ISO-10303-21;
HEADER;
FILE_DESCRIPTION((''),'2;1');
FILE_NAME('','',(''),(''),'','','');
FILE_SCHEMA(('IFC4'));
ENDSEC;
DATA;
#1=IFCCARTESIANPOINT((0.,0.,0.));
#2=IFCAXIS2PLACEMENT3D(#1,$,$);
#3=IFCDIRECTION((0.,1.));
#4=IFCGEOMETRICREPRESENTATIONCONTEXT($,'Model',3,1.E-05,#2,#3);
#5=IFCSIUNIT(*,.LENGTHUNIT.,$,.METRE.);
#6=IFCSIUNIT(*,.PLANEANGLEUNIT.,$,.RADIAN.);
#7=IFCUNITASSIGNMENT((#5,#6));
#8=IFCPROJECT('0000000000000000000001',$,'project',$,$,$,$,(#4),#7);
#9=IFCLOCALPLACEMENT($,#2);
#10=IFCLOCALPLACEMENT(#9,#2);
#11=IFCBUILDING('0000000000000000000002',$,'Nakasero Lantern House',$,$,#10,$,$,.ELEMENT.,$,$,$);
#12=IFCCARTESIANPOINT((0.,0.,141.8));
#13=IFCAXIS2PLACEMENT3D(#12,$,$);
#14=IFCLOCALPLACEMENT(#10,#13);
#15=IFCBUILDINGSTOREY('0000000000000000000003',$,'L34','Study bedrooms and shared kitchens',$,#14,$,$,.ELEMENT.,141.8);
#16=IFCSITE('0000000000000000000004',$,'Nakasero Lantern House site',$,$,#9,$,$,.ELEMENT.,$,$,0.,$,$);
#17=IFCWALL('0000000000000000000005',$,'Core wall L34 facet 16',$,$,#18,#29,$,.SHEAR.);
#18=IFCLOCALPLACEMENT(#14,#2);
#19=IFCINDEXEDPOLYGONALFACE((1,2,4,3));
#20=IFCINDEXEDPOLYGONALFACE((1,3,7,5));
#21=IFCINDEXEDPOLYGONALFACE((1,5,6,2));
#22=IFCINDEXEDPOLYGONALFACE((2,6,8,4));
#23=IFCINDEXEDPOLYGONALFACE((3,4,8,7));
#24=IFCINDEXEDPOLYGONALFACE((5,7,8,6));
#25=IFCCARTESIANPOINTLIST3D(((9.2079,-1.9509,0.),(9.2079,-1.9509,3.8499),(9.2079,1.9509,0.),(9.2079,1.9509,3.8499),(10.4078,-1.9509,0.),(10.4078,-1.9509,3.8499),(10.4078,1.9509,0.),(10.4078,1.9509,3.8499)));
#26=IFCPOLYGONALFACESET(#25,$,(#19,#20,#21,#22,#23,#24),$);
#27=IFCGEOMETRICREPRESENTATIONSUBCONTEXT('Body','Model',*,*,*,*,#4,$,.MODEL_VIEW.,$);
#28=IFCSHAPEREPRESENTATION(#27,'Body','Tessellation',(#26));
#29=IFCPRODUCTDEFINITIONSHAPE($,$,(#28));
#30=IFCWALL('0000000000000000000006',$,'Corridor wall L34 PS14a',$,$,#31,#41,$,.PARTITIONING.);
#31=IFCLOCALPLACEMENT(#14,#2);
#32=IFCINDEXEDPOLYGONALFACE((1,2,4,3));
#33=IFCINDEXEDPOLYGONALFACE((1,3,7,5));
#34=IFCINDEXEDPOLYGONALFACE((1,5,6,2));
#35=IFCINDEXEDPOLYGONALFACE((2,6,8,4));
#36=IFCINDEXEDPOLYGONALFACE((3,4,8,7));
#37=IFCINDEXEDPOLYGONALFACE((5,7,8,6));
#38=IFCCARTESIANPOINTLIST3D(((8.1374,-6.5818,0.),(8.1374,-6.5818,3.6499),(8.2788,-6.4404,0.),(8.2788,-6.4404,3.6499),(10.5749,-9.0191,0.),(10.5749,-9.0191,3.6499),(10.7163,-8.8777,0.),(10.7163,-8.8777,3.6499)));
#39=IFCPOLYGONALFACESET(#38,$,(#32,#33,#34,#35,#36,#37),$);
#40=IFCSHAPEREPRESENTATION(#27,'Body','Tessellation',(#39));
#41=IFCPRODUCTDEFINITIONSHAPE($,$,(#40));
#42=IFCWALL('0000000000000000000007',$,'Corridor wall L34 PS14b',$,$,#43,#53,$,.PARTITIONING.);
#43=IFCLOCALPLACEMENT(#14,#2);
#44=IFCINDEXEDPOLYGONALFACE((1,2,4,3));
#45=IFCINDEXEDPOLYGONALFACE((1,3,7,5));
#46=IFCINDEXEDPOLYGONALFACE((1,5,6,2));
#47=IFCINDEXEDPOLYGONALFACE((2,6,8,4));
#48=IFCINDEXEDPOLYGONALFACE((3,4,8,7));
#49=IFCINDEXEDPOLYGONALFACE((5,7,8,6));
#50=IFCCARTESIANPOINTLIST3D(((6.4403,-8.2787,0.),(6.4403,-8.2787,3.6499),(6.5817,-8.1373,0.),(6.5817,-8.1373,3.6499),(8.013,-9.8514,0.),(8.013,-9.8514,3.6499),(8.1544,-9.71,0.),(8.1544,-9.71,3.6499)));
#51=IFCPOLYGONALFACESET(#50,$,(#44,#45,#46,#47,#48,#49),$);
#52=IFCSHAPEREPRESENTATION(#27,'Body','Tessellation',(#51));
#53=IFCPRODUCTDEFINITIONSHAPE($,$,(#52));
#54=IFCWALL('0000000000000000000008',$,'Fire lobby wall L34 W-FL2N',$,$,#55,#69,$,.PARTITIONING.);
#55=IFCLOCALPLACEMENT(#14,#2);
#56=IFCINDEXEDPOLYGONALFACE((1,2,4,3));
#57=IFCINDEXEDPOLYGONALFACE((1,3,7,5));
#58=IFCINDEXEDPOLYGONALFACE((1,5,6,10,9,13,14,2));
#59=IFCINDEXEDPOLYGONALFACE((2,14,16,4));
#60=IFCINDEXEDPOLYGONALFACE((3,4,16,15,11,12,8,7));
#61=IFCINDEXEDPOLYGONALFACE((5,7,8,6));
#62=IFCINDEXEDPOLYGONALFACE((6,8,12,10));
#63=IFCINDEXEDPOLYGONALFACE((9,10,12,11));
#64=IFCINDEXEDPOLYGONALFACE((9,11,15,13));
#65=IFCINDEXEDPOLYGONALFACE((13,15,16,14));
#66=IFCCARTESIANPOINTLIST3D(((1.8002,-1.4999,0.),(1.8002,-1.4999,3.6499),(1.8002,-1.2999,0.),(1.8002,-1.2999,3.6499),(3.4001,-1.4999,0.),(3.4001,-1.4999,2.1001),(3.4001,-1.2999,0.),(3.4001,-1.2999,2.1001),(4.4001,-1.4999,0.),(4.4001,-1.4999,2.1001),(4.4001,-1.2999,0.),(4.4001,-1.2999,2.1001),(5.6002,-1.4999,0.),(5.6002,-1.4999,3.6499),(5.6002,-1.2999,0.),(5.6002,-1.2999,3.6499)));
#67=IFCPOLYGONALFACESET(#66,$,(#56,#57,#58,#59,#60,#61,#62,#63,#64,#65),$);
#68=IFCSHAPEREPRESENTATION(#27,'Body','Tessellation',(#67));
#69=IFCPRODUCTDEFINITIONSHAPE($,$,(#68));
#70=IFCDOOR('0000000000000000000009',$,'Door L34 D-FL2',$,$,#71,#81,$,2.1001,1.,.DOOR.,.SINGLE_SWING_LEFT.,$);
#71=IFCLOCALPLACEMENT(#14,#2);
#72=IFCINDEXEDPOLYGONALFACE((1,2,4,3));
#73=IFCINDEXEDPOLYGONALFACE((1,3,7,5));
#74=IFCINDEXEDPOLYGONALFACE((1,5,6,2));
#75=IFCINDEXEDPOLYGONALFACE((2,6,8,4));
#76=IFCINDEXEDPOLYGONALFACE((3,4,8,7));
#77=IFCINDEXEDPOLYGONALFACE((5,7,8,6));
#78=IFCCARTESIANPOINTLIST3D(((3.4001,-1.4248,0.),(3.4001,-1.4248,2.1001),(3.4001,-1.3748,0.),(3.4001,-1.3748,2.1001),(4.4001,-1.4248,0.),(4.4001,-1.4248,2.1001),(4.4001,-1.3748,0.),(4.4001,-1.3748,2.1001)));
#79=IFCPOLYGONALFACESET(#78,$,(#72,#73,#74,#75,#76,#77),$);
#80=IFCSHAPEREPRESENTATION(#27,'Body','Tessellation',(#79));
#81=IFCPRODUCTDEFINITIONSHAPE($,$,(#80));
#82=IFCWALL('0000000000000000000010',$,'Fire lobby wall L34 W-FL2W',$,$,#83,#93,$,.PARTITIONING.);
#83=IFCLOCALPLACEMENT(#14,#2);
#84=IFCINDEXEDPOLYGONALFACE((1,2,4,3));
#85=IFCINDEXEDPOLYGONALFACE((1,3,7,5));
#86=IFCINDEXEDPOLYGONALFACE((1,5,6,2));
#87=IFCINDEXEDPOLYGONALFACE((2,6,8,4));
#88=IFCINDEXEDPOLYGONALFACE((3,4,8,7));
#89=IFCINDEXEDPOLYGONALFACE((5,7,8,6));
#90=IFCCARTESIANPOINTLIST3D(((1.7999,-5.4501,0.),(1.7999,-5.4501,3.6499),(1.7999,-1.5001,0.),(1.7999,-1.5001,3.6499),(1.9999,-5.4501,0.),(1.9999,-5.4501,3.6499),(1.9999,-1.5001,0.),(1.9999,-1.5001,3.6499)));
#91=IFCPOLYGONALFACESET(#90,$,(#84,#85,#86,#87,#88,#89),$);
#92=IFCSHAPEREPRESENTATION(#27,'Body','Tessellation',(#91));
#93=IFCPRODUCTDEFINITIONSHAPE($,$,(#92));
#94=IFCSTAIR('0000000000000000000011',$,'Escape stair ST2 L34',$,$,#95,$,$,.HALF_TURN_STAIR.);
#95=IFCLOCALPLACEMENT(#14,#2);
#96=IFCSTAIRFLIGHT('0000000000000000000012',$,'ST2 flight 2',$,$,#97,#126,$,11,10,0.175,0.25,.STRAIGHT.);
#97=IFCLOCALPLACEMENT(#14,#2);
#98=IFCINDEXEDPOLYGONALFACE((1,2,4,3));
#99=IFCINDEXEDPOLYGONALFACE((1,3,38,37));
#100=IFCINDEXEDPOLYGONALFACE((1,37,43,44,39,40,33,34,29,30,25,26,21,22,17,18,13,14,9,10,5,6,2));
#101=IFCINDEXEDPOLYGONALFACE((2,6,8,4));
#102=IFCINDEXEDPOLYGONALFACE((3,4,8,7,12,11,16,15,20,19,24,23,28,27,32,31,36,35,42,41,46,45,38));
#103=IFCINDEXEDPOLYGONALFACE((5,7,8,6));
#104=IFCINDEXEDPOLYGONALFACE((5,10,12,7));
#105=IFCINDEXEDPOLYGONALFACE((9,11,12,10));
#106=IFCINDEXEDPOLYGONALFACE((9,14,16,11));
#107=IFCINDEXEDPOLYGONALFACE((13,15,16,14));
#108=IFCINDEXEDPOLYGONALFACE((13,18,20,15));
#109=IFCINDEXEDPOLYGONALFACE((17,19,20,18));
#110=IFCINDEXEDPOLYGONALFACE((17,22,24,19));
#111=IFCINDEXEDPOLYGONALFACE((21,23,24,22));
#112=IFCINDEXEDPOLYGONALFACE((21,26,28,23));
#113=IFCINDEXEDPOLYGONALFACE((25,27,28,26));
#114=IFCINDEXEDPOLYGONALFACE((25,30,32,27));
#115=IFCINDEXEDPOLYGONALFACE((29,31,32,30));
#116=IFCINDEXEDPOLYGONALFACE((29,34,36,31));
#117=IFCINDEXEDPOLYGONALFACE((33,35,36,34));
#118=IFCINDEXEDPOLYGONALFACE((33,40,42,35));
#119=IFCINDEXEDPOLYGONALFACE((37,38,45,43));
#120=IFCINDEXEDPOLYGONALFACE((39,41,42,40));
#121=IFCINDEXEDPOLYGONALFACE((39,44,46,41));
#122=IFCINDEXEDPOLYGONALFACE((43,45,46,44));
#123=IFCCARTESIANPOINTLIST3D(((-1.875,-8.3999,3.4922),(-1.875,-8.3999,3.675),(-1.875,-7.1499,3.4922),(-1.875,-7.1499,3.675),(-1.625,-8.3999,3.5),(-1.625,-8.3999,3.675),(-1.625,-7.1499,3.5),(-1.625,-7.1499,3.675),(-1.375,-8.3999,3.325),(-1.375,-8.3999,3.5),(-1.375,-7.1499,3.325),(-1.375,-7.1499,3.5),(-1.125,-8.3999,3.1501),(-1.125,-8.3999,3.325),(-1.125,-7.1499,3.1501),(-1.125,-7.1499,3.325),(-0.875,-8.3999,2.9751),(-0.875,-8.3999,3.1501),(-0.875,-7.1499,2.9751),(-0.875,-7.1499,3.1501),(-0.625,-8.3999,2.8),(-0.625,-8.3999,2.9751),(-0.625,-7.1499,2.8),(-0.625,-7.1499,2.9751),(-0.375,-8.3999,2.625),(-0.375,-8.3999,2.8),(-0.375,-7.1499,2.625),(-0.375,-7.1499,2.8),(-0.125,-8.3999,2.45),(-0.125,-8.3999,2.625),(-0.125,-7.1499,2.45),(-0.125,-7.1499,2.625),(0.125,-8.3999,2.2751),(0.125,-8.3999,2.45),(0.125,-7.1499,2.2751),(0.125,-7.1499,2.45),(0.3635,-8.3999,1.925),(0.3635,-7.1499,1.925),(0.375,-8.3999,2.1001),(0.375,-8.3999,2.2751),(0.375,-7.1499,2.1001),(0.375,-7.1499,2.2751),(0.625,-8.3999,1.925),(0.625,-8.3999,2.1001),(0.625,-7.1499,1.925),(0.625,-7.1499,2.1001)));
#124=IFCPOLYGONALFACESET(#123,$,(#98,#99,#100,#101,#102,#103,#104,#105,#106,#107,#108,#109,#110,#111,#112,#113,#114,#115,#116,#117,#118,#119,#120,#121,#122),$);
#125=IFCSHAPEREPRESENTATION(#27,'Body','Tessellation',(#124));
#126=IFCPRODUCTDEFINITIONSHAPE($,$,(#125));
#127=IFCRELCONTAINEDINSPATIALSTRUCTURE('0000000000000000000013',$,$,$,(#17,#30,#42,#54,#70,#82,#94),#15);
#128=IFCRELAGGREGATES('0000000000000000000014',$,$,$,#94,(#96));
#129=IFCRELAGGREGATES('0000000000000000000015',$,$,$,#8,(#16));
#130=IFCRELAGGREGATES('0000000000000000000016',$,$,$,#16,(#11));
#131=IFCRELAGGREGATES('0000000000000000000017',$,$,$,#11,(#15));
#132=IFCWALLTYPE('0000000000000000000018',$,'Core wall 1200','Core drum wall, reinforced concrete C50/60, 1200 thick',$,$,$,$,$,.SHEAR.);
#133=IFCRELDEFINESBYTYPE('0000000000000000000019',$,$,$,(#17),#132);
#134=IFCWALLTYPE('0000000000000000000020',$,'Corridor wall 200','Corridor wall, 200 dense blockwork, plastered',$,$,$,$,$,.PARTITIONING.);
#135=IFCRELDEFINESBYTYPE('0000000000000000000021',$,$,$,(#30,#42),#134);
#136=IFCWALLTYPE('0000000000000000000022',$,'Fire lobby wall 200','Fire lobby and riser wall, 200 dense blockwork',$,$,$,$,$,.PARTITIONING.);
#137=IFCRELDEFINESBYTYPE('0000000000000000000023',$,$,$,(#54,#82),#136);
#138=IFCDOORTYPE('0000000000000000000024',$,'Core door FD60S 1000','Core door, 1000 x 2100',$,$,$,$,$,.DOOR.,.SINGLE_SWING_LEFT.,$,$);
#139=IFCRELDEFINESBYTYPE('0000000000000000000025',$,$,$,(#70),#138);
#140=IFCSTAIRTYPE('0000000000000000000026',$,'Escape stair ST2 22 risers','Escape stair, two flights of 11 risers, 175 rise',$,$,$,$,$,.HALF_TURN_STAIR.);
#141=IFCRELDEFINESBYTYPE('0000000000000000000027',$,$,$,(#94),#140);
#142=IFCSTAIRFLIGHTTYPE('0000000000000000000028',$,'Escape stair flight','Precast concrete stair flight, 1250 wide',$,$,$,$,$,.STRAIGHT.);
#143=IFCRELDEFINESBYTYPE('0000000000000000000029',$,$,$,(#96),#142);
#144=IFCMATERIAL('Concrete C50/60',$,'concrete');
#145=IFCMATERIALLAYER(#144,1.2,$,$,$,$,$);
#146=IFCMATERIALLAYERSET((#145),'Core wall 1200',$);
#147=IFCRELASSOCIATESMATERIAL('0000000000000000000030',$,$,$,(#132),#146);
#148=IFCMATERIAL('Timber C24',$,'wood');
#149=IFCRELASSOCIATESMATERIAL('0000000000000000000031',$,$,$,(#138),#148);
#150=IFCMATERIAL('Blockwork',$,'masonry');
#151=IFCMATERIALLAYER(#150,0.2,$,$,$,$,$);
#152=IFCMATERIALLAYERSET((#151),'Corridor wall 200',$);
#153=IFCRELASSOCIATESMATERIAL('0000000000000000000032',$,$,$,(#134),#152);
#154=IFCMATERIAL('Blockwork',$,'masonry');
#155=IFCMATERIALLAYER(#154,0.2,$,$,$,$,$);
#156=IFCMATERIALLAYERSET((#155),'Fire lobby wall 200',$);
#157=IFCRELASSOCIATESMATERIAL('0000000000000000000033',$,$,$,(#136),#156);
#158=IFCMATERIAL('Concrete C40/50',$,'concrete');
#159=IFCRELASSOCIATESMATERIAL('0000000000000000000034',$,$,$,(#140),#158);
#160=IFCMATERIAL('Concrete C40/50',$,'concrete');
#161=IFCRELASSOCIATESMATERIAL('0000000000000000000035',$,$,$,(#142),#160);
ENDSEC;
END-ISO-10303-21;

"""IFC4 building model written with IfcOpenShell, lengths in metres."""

from ifc_helpers import new_model, si_unit, direction, frame, frame_2d, origin, place, context, subcontext, project, spatial, polyline, rectangle, outline, extrude, material, layer, layer_set, type_object, element, fill, aggregate, save


model = new_model("IFC4")

# Units and contexts
model_context = context("Model", 3, precision=1e-05, world=origin(), true_north=direction((0.0, 1.0)))
body_context = subcontext(model_context, "Body", "Model", "MODEL_VIEW")
ifc_project = project(units=[si_unit("LENGTHUNIT", "METRE"), si_unit("PLANEANGLEUNIT", "RADIAN")], contexts=[model_context])

# Site, building, storey
site_placement = place(None, origin())
site = spatial("IfcSite", under=ifc_project, at=site_placement, Name="Nakasero Lantern House site", CompositionType="ELEMENT", RefElevation=0.0)
building_placement = place(site_placement, origin())
building = spatial("IfcBuilding", under=site, at=building_placement, Name="Nakasero Lantern House", CompositionType="ELEMENT")
storey_placement = place(building_placement, frame((0.0, 0.0, 141.8)))
storey = spatial("IfcBuildingStorey", under=building, at=storey_placement, Name="L34", Description="Study bedrooms and shared kitchens", CompositionType="ELEMENT", Elevation=141.8)

# Shared definitions
ifc_material_1 = material(Name="Concrete C50/60", Category="concrete")
ifc_layer_1 = layer(ifc_material_1, 1.2)
ifc_layer_set_1 = layer_set([ifc_layer_1], Name="Core wall 1200")
wall_type_1 = type_object("IfcWallType", Name="Core wall 1200", Description="Core drum wall, reinforced concrete C50/60, 1200 thick", PredefinedType="SHEAR", material=ifc_layer_set_1)

# Shared definitions
ifc_material_2 = material(Name="Timber C24", Category="wood")
door_type_1 = type_object("IfcDoorType", Name="Core door FD60S 1000", Description="Core door, 1000 x 2100", OperationType="SINGLE_SWING_LEFT", PredefinedType="DOOR", material=ifc_material_2)

# Walls
for number, where, z_axis, x_axis, name in (
    (1, (9.8079, -1.9509, 0.0), (0.0, 0.0, 1.0), (0.0, 1.0, 0.0), "Core wall L34 facet 16"),
):
    element("IfcWall", number, at=place(storey_placement, frame(where, z_axis=z_axis, x_axis=x_axis)), inside=storey, type_object=wall_type_1, Name=name, PredefinedType="SHEAR", context=body_context, shape_type="SweptSolid", body=[
        extrude(rectangle(XDim=3.9019, YDim=1.2, at=frame_2d((1.9509, 0.0))), origin(), (0.0, 0.0, 1.0), 3.8499),
    ])
ifc_material_3 = material(Name="Blockwork", Category="masonry")
ifc_layer_2 = layer(ifc_material_3, 0.2)
ifc_layer_set_2 = layer_set([ifc_layer_2], Name="Corridor wall 200")
wall_type_2 = type_object("IfcWallType", Name="Corridor wall 200", Description="Corridor wall, 200 dense blockwork, plastered", PredefinedType="PARTITIONING", material=ifc_layer_set_2)
wall_1_placement = place(storey_placement, frame((8.208, -6.511, 0.0), z_axis=(0.0, 0.0, 1.0), x_axis=(0.707142, -0.707071, 0.0)))
element("IfcWall", 2, at=wall_1_placement, inside=storey, type_object=wall_type_2, Name="Corridor wall L34 PS14a", PredefinedType="PARTITIONING", context=body_context, shape_type="SweptSolid", body=[
    extrude(rectangle(XDim=3.447, YDim=0.2, at=frame_2d((1.7236, 0.0))), origin(), (0.0, 0.0, 1.0), 3.6499),
])
wall_2_placement = place(storey_placement, frame((6.511, -8.208, 0.0), z_axis=(0.0, 0.0, 1.0), x_axis=(0.707107, -0.707107, 0.0)))
element("IfcWall", 3, at=wall_2_placement, inside=storey, type_object=wall_type_2, Name="Corridor wall L34 PS14b", PredefinedType="PARTITIONING", context=body_context, shape_type="SweptSolid", body=[
    extrude(rectangle(XDim=2.2241, YDim=0.2, at=frame_2d((1.1121, 0.0))), origin(), (0.0, 0.0, 1.0), 3.6499),
])

# Wall, opening, door
ifc_material_4 = material(Name="Blockwork", Category="masonry")
ifc_layer_3 = layer(ifc_material_4, 0.2)
ifc_layer_set_3 = layer_set([ifc_layer_3], Name="Fire lobby wall 200")
wall_type_3 = type_object("IfcWallType", Name="Fire lobby wall 200", Description="Fire lobby and riser wall, 200 dense blockwork", PredefinedType="PARTITIONING", material=ifc_layer_set_3)
wall_3_placement = place(storey_placement, frame((5.6001, -1.3999, 0.0), z_axis=(0.0, 0.0, 1.0), x_axis=(-1.0, 0.0, 0.0)))
wall_3 = element("IfcWall", 4, at=wall_3_placement, inside=storey, type_object=wall_type_3, Name="Fire lobby wall L34 W-FL2N", PredefinedType="PARTITIONING", context=body_context, shape_type="SweptSolid", body=[
    extrude(rectangle(XDim=3.8, YDim=0.2, at=frame_2d((1.8999, 0.0))), origin(), (0.0, 0.0, 1.0), 3.6499),
])
opening_1_placement = place(wall_3_placement, frame((1.2, 0.0, 0.0)))
opening_1 = element("IfcOpeningElement", 5, at=opening_1_placement, cuts=wall_3, PredefinedType="OPENING", context=body_context, shape_type="SweptSolid", body=[
    extrude(rectangle(XDim=1.0, YDim=2.1001, at=frame_2d((0.5, 1.05))), frame((0.0, 0.1199, 0.0), z_axis=(0.0, -1.0, 0.0), x_axis=(1.0, 0.0, 0.0)), (0.0, 0.0, 1.0), 0.24),
])
door_1_placement = place(opening_1_placement, origin())
door_1 = element("IfcDoor", 6, at=door_1_placement, inside=storey, type_object=door_type_1, Name="Door L34 D-FL2", OperationType="SINGLE_SWING_LEFT", OverallHeight=2.1001, OverallWidth=1.0, PredefinedType="DOOR", context=body_context, shape_type="SweptSolid", body=[
    extrude(rectangle(XDim=1.0, YDim=2.1001, at=frame_2d((0.5, 1.05))), frame((0.0, 0.0249, 0.0), z_axis=(0.0, -1.0, 0.0), x_axis=(1.0, 0.0, 0.0)), (0.0, 0.0, 1.0), 0.05),
])
fill(opening_1, door_1)

# Wall
wall_4_placement = place(storey_placement, frame((1.8999, -1.5, 0.0), z_axis=(0.0, 0.0, 1.0), x_axis=(0.0, -1.0, 0.0)))
element("IfcWall", 7, at=wall_4_placement, inside=storey, type_object=wall_type_3, Name="Fire lobby wall L34 W-FL2W", PredefinedType="PARTITIONING", context=body_context, shape_type="SweptSolid", body=[
    extrude(rectangle(XDim=3.95, YDim=0.2, at=frame_2d((1.9751, 0.0))), origin(), (0.0, 0.0, 1.0), 3.6499),
])

# Stair, stair flight
ifc_material_5 = material(Name="Concrete C40/50", Category="concrete")
stair_type = type_object("IfcStairType", Name="Escape stair ST2 22 risers", Description="Escape stair, two flights of 11 risers, 175 rise", PredefinedType="HALF_TURN_STAIR", material=ifc_material_5)
stair_placement = place(storey_placement, origin())
stair = element("IfcStair", 8, at=stair_placement, inside=storey, type_object=stair_type, Name="Escape stair ST2 L34", PredefinedType="HALF_TURN_STAIR")
ifc_material_6 = material(Name="Concrete C40/50", Category="concrete")
stair_flight_type = type_object("IfcStairFlightType", Name="Escape stair flight", Description="Precast concrete stair flight, 1250 wide", PredefinedType="STRAIGHT", material=ifc_material_6)
stair_flight_placement = place(storey_placement, frame((0.625, -7.7749, 1.925), z_axis=(0.0, 0.0, 1.0), x_axis=(-1.0, 0.0, 0.0)))
stair_flight = element("IfcStairFlight", 9, at=stair_flight_placement, type_object=stair_flight_type, Name="ST2 flight 2", NumberOfRisers=11, NumberOfTreads=10, PredefinedType="STRAIGHT", RiserHeight=0.175, TreadLength=0.25, context=body_context, shape_type="SweptSolid", body=[
    extrude(outline(polyline([(0.0, 0.0), (0.0, 0.175), (0.25, 0.175), (0.25, 0.3501), (0.5, 0.3501), (0.5, 0.5249), (0.75, 0.5249), (0.75, 0.7), (1.0, 0.7), (1.0, 0.875), (1.25, 0.875), (1.25, 1.05), (1.5, 1.05), (1.5, 1.2251), (1.75, 1.2251), (1.75, 1.3999), (2.0, 1.3999), (2.0, 1.575), (2.25, 1.575), (2.25, 1.75), (2.5, 1.75), (2.5, 1.925), (2.5, 1.5671), (0.2615, 0.0), (0.0, 0.0)])), frame((0.0, 0.625, 0.0), z_axis=(0.0, -1.0, 0.0), x_axis=(1.0, 0.0, 0.0)), (0.0, 0.0, 1.0), 1.25),
])
aggregate(stair, [stair_flight])

save(model, "model.ifc")
